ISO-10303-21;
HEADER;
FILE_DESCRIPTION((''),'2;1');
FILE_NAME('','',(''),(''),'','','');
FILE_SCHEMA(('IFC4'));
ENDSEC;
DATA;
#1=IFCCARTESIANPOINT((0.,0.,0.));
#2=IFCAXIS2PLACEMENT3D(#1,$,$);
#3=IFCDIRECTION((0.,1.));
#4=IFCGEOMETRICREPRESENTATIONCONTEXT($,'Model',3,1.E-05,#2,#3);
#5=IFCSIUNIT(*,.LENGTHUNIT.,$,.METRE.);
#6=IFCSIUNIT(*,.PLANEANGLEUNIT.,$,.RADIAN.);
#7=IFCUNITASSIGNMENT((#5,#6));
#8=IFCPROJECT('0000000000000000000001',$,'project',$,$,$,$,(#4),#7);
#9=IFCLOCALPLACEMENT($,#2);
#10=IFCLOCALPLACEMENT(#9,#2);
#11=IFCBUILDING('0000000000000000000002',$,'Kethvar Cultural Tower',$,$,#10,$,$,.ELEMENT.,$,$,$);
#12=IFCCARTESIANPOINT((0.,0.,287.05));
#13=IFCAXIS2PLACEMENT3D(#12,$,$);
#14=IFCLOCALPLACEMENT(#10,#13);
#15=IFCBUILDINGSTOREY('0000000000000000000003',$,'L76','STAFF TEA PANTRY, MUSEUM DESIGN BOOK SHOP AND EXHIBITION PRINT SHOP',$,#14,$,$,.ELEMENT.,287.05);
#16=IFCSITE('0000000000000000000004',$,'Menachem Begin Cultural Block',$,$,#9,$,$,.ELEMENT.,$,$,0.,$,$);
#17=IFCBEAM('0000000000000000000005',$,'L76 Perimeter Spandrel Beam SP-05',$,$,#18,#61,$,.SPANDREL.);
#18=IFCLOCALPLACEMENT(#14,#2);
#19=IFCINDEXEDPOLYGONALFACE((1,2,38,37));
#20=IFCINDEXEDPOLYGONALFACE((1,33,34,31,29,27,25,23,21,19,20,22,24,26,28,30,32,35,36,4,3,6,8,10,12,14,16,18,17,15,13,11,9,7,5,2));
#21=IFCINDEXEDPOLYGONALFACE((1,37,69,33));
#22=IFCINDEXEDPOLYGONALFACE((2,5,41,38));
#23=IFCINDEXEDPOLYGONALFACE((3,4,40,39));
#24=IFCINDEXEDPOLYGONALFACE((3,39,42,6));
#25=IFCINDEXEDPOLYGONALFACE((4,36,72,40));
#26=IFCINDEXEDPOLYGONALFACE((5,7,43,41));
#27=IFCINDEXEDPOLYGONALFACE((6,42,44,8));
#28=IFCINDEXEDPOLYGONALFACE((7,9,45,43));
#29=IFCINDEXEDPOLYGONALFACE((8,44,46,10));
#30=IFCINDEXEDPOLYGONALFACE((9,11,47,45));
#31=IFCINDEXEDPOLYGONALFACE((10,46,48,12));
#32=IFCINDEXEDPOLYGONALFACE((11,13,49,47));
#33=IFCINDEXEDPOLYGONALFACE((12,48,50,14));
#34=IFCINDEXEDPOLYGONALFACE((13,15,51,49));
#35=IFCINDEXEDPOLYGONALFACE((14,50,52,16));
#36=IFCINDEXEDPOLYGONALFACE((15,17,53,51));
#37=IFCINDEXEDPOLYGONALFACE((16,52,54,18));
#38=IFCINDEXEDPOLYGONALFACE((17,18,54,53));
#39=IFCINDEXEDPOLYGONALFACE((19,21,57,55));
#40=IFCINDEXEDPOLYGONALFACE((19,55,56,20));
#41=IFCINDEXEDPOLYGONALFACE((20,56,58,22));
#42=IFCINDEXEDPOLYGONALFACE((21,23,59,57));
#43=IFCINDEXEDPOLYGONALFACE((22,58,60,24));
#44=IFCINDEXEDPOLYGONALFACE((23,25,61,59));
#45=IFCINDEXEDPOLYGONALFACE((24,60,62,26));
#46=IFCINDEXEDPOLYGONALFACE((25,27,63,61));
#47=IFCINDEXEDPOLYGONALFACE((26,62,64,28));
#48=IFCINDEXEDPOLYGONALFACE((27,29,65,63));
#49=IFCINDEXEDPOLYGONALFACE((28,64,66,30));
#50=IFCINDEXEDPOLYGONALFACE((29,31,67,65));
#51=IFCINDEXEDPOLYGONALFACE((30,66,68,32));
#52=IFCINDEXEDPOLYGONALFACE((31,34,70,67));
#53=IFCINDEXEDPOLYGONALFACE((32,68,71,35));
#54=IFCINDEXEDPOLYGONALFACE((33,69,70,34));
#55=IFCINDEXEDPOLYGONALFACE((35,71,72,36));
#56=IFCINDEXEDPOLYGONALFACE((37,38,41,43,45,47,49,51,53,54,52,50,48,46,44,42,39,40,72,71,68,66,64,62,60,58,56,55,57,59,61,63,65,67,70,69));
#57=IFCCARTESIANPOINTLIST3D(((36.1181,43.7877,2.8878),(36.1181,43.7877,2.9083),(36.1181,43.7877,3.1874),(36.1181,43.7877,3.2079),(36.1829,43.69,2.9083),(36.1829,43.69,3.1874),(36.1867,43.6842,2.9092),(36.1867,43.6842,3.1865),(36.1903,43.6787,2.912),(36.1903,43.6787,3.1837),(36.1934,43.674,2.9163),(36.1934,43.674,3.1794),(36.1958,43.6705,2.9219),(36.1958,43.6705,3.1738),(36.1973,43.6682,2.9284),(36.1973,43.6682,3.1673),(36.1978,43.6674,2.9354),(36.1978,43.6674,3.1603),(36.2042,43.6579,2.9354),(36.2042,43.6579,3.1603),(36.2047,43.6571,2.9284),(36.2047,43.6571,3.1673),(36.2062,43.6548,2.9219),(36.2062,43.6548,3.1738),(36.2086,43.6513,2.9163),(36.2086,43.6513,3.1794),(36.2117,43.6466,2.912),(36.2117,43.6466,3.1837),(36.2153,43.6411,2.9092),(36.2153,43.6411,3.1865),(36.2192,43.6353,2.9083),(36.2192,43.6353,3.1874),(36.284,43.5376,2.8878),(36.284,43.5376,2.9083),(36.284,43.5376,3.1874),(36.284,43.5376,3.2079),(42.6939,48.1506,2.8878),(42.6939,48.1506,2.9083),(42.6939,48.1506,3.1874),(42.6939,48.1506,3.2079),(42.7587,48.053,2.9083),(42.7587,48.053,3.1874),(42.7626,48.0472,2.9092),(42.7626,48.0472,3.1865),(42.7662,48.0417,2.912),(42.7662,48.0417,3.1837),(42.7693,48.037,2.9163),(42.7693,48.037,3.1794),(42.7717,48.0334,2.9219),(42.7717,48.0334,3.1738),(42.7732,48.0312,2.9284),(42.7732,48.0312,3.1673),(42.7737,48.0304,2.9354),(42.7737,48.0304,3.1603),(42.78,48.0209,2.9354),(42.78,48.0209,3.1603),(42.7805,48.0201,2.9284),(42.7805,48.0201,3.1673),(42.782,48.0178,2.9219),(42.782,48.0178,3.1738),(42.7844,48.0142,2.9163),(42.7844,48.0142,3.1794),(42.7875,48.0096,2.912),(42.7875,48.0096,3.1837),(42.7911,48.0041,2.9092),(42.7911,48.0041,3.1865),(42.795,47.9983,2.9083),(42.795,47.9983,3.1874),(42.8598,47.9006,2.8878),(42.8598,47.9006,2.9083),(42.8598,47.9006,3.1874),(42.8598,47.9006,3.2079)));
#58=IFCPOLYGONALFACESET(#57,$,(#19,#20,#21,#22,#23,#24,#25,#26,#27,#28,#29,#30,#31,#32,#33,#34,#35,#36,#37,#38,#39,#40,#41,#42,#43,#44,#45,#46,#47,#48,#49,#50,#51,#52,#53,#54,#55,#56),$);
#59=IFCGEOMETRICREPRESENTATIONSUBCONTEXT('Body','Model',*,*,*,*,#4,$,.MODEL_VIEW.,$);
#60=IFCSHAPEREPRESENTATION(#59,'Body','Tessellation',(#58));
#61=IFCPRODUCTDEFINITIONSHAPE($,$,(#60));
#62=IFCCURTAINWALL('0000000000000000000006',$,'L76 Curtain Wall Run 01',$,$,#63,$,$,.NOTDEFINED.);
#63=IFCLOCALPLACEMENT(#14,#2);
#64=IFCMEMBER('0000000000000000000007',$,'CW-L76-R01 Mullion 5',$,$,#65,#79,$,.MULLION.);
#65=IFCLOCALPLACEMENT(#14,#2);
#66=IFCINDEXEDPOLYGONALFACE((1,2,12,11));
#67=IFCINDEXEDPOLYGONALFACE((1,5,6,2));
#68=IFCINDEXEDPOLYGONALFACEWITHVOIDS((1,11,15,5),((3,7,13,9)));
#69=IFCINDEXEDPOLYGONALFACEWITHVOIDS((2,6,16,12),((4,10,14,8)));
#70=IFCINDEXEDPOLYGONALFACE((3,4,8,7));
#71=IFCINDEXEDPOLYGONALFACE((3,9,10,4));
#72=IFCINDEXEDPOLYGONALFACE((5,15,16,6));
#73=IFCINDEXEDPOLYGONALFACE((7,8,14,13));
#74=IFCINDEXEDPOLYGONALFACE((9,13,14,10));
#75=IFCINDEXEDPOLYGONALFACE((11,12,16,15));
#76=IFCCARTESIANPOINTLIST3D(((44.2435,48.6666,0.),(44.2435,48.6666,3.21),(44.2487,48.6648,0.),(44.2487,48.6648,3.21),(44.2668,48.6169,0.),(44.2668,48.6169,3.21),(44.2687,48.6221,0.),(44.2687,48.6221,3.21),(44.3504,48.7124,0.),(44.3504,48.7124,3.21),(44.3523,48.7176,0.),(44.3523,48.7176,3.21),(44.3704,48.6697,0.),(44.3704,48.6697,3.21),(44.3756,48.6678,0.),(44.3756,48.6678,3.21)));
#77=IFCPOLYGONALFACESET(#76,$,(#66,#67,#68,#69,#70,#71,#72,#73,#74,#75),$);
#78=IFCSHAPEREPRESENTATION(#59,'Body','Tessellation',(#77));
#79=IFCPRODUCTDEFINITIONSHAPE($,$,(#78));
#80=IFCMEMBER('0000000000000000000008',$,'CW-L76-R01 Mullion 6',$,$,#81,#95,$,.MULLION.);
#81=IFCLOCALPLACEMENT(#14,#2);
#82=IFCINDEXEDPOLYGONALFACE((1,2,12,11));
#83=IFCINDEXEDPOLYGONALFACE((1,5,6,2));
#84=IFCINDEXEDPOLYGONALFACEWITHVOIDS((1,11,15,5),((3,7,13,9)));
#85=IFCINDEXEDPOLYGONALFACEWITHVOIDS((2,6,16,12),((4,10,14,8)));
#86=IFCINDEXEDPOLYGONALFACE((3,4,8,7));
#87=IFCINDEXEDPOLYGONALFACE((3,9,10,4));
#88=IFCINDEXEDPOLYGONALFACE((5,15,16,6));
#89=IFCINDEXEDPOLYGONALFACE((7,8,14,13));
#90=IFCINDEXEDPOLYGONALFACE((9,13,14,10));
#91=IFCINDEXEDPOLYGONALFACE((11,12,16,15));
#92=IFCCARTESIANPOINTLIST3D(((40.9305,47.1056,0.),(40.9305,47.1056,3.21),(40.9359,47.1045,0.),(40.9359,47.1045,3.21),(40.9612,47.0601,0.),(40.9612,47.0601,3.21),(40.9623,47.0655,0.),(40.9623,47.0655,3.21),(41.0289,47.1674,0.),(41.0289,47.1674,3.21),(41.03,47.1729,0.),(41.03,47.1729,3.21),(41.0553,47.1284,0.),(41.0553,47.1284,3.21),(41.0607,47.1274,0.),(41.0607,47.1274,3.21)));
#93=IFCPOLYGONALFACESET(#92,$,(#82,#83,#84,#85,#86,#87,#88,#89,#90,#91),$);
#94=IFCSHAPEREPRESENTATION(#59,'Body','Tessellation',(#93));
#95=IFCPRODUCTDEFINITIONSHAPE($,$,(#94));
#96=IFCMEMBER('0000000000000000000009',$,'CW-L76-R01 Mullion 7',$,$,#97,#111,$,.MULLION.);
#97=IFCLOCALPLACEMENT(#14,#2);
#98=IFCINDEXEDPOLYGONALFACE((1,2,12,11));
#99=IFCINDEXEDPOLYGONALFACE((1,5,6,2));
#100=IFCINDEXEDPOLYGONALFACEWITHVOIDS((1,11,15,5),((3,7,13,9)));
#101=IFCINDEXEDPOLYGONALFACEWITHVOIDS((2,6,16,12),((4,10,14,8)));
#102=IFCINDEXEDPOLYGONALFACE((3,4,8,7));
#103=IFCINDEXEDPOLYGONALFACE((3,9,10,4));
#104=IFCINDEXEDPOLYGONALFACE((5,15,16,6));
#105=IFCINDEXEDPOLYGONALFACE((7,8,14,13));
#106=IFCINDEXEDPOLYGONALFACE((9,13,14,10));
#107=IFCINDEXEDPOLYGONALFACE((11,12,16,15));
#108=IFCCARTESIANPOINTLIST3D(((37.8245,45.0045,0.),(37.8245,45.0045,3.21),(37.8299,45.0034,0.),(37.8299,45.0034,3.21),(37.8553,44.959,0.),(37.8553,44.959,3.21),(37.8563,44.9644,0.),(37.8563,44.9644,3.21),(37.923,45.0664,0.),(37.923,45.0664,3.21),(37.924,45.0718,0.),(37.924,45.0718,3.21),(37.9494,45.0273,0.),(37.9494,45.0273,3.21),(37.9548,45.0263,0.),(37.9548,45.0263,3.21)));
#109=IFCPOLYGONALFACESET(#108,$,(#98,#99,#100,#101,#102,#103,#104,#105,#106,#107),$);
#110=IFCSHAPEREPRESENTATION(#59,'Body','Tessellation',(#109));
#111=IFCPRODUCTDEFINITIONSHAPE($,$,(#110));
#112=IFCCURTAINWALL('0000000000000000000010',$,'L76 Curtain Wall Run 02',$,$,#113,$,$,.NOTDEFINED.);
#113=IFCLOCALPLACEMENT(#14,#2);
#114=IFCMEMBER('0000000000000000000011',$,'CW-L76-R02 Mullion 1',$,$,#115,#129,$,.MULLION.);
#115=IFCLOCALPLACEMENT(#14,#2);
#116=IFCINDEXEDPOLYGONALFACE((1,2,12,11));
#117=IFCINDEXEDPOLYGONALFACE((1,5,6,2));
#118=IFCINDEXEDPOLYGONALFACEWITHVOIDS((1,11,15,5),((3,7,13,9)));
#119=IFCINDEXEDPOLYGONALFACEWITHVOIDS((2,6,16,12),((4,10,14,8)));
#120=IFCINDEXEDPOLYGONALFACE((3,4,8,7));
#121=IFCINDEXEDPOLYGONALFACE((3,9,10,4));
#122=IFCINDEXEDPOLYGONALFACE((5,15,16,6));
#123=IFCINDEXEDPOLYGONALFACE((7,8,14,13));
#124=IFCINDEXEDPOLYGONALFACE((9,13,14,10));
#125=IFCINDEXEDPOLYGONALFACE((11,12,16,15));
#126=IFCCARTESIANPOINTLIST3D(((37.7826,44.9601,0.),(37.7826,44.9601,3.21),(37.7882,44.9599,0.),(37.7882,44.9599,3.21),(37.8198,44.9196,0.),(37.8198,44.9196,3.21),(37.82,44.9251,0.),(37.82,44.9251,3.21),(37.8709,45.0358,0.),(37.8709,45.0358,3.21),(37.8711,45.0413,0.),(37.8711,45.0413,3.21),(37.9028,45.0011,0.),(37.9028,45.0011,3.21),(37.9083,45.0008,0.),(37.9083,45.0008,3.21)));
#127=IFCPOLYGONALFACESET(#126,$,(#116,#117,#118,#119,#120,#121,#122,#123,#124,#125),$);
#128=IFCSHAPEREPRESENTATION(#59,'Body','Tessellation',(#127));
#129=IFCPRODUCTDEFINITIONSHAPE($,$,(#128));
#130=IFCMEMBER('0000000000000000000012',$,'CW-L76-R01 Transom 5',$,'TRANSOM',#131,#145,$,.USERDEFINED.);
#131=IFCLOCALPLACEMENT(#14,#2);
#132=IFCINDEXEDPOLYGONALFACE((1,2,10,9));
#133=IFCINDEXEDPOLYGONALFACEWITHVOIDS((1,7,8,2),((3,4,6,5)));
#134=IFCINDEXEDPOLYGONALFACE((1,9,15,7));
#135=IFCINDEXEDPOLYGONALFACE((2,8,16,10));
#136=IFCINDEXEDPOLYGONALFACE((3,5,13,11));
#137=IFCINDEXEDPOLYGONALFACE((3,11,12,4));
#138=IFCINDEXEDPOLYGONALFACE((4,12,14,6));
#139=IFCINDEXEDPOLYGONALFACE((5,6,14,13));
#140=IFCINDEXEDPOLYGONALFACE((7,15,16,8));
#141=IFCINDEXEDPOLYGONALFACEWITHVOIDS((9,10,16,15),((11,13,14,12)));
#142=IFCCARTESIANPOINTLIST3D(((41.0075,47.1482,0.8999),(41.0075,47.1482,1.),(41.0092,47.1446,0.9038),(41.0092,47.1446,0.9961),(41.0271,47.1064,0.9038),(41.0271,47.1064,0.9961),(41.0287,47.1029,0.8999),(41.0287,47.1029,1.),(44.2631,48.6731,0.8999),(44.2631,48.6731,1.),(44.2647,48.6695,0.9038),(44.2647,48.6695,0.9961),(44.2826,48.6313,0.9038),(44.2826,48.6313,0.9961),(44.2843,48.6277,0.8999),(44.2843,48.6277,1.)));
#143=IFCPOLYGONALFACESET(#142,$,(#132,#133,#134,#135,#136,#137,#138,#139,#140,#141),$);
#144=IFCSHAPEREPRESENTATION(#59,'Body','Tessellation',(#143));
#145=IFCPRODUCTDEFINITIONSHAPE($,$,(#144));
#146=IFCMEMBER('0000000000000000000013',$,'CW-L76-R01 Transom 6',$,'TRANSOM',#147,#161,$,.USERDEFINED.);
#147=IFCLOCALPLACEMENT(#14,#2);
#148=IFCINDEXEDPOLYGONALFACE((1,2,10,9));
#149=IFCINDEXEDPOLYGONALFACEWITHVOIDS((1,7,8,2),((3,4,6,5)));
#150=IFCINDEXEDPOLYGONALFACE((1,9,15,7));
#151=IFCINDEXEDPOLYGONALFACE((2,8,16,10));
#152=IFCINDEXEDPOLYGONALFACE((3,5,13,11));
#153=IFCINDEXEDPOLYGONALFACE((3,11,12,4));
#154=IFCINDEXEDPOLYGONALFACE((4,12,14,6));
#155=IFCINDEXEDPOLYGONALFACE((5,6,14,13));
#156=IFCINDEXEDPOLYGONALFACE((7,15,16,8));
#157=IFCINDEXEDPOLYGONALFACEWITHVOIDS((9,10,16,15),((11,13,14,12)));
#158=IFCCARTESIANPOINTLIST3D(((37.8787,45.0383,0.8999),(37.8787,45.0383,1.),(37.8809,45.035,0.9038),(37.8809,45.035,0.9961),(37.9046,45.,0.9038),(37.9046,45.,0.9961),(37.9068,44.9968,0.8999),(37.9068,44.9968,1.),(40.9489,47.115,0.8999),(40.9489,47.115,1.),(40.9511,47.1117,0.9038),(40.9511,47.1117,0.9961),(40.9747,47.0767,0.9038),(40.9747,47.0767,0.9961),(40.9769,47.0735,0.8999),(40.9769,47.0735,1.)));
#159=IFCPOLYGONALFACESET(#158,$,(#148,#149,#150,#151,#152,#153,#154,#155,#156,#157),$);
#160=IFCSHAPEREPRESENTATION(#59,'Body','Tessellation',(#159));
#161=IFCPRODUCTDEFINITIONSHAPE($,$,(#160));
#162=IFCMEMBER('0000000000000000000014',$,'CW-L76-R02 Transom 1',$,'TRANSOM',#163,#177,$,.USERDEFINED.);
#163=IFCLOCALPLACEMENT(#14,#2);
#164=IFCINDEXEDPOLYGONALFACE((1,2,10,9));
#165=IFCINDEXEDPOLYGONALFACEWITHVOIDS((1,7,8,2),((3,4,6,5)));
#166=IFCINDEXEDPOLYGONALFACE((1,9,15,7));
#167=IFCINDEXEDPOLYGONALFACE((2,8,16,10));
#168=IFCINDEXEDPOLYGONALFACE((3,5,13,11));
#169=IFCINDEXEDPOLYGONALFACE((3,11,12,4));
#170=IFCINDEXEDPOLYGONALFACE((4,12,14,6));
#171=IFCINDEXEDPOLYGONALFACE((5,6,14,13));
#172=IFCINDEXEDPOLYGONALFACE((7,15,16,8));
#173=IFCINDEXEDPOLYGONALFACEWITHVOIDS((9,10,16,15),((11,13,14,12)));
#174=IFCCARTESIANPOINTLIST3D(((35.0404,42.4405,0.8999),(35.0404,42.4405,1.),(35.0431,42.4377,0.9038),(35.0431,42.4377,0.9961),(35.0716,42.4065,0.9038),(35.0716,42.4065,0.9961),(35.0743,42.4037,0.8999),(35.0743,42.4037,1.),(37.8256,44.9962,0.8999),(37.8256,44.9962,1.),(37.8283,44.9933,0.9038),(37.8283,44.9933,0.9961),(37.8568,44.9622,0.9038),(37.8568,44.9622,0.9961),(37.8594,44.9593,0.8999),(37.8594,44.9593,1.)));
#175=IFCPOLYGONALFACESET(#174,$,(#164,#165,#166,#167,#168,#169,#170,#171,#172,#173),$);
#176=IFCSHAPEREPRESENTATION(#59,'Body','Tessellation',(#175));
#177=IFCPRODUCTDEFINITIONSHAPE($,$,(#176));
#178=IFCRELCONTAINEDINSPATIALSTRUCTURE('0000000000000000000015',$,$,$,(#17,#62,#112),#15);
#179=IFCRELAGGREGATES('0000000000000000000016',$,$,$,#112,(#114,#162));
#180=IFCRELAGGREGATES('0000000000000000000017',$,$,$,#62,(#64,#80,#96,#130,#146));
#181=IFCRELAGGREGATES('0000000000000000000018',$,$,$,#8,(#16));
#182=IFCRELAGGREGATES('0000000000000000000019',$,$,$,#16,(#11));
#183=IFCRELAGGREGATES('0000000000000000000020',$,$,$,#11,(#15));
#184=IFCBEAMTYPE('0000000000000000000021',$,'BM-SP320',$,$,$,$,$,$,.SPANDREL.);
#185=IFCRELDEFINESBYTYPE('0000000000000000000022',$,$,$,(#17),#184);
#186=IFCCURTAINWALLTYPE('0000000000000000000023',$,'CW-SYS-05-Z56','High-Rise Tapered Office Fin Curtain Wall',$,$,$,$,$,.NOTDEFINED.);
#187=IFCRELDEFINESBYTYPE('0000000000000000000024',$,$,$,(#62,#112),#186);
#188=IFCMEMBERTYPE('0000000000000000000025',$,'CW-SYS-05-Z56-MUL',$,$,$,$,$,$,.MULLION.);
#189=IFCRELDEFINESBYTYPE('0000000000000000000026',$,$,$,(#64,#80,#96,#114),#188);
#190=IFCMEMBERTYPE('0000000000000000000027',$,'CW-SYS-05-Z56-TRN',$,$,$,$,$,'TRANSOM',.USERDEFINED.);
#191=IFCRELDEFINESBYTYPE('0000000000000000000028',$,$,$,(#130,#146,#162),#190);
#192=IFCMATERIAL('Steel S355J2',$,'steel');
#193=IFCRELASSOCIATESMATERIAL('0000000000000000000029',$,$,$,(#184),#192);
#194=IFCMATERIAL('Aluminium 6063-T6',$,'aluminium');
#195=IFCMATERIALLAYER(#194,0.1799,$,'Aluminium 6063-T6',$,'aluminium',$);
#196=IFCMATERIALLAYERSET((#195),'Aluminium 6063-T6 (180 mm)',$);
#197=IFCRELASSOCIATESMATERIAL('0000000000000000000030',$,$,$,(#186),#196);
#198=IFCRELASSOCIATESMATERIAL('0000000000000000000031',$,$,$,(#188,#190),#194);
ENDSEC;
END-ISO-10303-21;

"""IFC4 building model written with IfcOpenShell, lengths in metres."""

from ifc_helpers import new_model, si_unit, direction, frame, origin, origin_2d, place, context, subcontext, project, spatial, hollow_rectangle, i_section, extrude, source, transform, mapped, material, layer, layer_set, material_profile, profile_set, type_object, element, aggregate, save


model = new_model("IFC4")

# Units and contexts
model_context = context("Model", 3, precision=1e-05, world=origin(), true_north=direction((0.0, 1.0)))
body_context = subcontext(model_context, "Body", "Model", "MODEL_VIEW")
ifc_project = project(units=[si_unit("LENGTHUNIT", "METRE"), si_unit("PLANEANGLEUNIT", "RADIAN")], contexts=[model_context])

# Site, building, storey
site_placement = place(None, origin())
site = spatial("IfcSite", under=ifc_project, at=site_placement, Name="Menachem Begin Cultural Block", CompositionType="ELEMENT", RefElevation=0.0)
building_placement = place(site_placement, origin())
building = spatial("IfcBuilding", under=site, at=building_placement, Name="Kethvar Cultural Tower", CompositionType="ELEMENT")
storey_placement = place(building_placement, frame((0.0, 0.0, 287.05)))
storey = spatial("IfcBuildingStorey", under=building, at=storey_placement, Name="L76", Description="STAFF TEA PANTRY, MUSEUM DESIGN BOOK SHOP AND EXHIBITION PRINT SHOP", CompositionType="ELEMENT", Elevation=287.05)

# Shared definitions
ifc_material_1 = material(Name="Steel S355J2", Category="steel")

# Beam
ifc_material_profile_1 = material_profile(ifc_material_1, i_section(OverallWidth=0.3, OverallDepth=0.3201, WebThickness=0.0115, FlangeThickness=0.0205, FilletRadius=0.0271, at=origin_2d()), Name="Steel S355J2 — HEB320")
ifc_profile_set_1 = profile_set([ifc_material_profile_1], Name="Steel S355J2 — HEB320")
beam_type_1 = type_object("IfcBeamType", Name="BM-SP320", PredefinedType="SPANDREL", material=ifc_profile_set_1)
shared_shape_1 = source(origin(), body_context, "Body", "SweptSolid", [
    extrude(i_section(OverallWidth=0.3, OverallDepth=0.3201, WebThickness=0.0115, FlangeThickness=0.0205, FilletRadius=0.0271, at=origin_2d()), origin(), (0.0, 0.0, 1.0), 7.8916),
])
beam_1_placement = place(storey_placement, frame((42.7769, 48.0256, 3.0479), z_axis=(-0.833271, -0.552864, 0.0), x_axis=(0.552864, -0.833271, 0.0)))
element("IfcBeam", 1, at=beam_1_placement, inside=storey, type_object=beam_type_1, Name="L76 Perimeter Spandrel Beam SP-05", PredefinedType="SPANDREL", context=body_context, shape_type="MappedRepresentation", body=[
    mapped(shared_shape_1, transform((0.0, 0.0, 0.0), scale=1.0)),
])

# Curtain wall, members
ifc_material_2 = material(Name="Aluminium 6063-T6", Category="aluminium")
ifc_layer_1 = layer(ifc_material_2, 0.1799, Name="Aluminium 6063-T6", Category="aluminium")
ifc_layer_set_1 = layer_set([ifc_layer_1], Name="Aluminium 6063-T6 (180 mm)")
curtain_wall_type = type_object("IfcCurtainWallType", Name="CW-SYS-05-Z56", Description="High-Rise Tapered Office Fin Curtain Wall", PredefinedType="NOTDEFINED", material=ifc_layer_set_1)
curtain_wall_1_placement = place(storey_placement, origin())
curtain_wall_1 = element("IfcCurtainWall", 2, at=curtain_wall_1_placement, inside=storey, type_object=curtain_wall_type, Name="L76 Curtain Wall Run 01", PredefinedType="NOTDEFINED")
ifc_material_profile_2 = material_profile(ifc_material_2, hollow_rectangle(XDim=0.0549, YDim=0.1201, WallThickness=0.0039, at=origin_2d()), Name="Aluminium 6063-T6 — RHS120x55x4")
ifc_profile_set_2 = profile_set([ifc_material_profile_2], Name="Aluminium 6063-T6 — RHS120x55x4")
member_type_1 = type_object("IfcMemberType", Name="CW-SYS-05-Z56-MUL", PredefinedType="MULLION", material=ifc_profile_set_2)
shared_shape_2 = source(origin(), body_context, "Body", "SweptSolid", [
    extrude(hollow_rectangle(XDim=0.0549, YDim=0.1201, WallThickness=0.0039, at=origin_2d()), origin(), (0.0, 0.0, 1.0), 3.21),
])
member_1_placement = place(storey_placement, frame((44.3096, 48.6672, 0.0), z_axis=(0.0, 0.0, 1.0), x_axis=(0.424152, -0.905591, 0.0)))
member_1 = element("IfcMember", 3, at=member_1_placement, type_object=member_type_1, Name="CW-L76-R01 Mullion 5", PredefinedType="MULLION", context=body_context, shape_type="MappedRepresentation", body=[
    mapped(shared_shape_2, transform((0.0, 0.0, 0.0), scale=1.0)),
])
member_2_placement = place(storey_placement, frame((40.9956, 47.1165, 0.0), z_axis=(0.0, 0.0, 1.0), x_axis=(0.560278, -0.828305, 0.0)))
member_2 = element("IfcMember", 4, at=member_2_placement, type_object=member_type_1, Name="CW-L76-R01 Mullion 6", PredefinedType="MULLION", context=body_context, shape_type="MappedRepresentation", body=[
    mapped(shared_shape_2, transform((0.0, 0.0, 0.0), scale=1.0)),
])
member_3_placement = place(storey_placement, frame((37.8896, 45.0154, 0.0), z_axis=(0.0, 0.0, 1.0), x_axis=(0.560278, -0.828305, 0.0)))
member_3 = element("IfcMember", 5, at=member_3_placement, type_object=member_type_1, Name="CW-L76-R01 Mullion 7", PredefinedType="MULLION", context=body_context, shape_type="MappedRepresentation", body=[
    mapped(shared_shape_2, transform((0.0, 0.0, 0.0), scale=1.0)),
])

# Curtain wall, member
curtain_wall_2_placement = place(storey_placement, origin())
curtain_wall_2 = element("IfcCurtainWall", 6, at=curtain_wall_2_placement, inside=storey, type_object=curtain_wall_type, Name="L76 Curtain Wall Run 02", PredefinedType="NOTDEFINED")
member_4_placement = place(storey_placement, frame((37.8455, 44.9805, 0.0), z_axis=(0.0, 0.0, 1.0), x_axis=(0.676105, -0.736806, 0.0)))
member_4 = element("IfcMember", 7, at=member_4_placement, type_object=member_type_1, Name="CW-L76-R02 Mullion 1", PredefinedType="MULLION", context=body_context, shape_type="MappedRepresentation", body=[
    mapped(shared_shape_2, transform((0.0, 0.0, 0.0), scale=1.0)),
])

# Members
ifc_material_profile_3 = material_profile(ifc_material_2, hollow_rectangle(XDim=0.05, YDim=0.1001, WallThickness=0.0039, at=origin_2d()), Name="Aluminium 6063-T6 — RHS100x50x4")
ifc_profile_set_3 = profile_set([ifc_material_profile_3], Name="Aluminium 6063-T6 — RHS100x50x4")
member_type_2 = type_object("IfcMemberType", Name="CW-SYS-05-Z56-TRN", ElementType="TRANSOM", PredefinedType="USERDEFINED", material=ifc_profile_set_3)
shared_shape_3 = source(origin(), body_context, "Body", "SweptSolid", [
    extrude(hollow_rectangle(XDim=0.05, YDim=0.1001, WallThickness=0.0039, at=origin_2d()), origin(), (0.0, 0.0, 1.0), 3.595),
])
member_5_placement = place(storey_placement, frame((44.2737, 48.6504, 0.95), z_axis=(-0.905584, -0.424168, 0.0), x_axis=(0.424168, -0.905584, 0.0)))
member_5 = element("IfcMember", 8, at=member_5_placement, type_object=member_type_2, Name="CW-L76-R01 Transom 5", ObjectType="TRANSOM", PredefinedType="USERDEFINED", context=body_context, shape_type="MappedRepresentation", body=[
    mapped(shared_shape_3, transform((0.0, 0.0, 0.0), scale=1.0)),
])
shared_shape_4 = source(origin(), body_context, "Body", "SweptSolid", [
    extrude(hollow_rectangle(XDim=0.05, YDim=0.1001, WallThickness=0.0039, at=origin_2d()), origin(), (0.0, 0.0, 1.0), 3.7065),
])
member_6_placement = place(storey_placement, frame((40.9629, 47.0942, 0.95), z_axis=(-0.828302, -0.560281, 0.0), x_axis=(0.560281, -0.828302, 0.0)))
member_6 = element("IfcMember", 9, at=member_6_placement, type_object=member_type_2, Name="CW-L76-R01 Transom 6", ObjectType="TRANSOM", PredefinedType="USERDEFINED", context=body_context, shape_type="MappedRepresentation", body=[
    mapped(shared_shape_4, transform((0.0, 0.0, 0.0), scale=1.0)),
])
shared_shape_5 = source(origin(), body_context, "Body", "SweptSolid", [
    extrude(hollow_rectangle(XDim=0.05, YDim=0.1001, WallThickness=0.0039, at=origin_2d()), origin(), (0.0, 0.0, 1.0), 3.78),
])
member_7_placement = place(storey_placement, frame((37.8425, 44.9778, 0.95), z_axis=(-0.736811, -0.676099, 0.0), x_axis=(0.676099, -0.736811, 0.0)))
member_7 = element("IfcMember", 10, at=member_7_placement, type_object=member_type_2, Name="CW-L76-R02 Transom 1", ObjectType="TRANSOM", PredefinedType="USERDEFINED", context=body_context, shape_type="MappedRepresentation", body=[
    mapped(shared_shape_5, transform((0.0, 0.0, 0.0), scale=1.0)),
])
aggregate(curtain_wall_2, [member_4, member_7])

aggregate(curtain_wall_1, [member_1, member_2, member_3, member_5, member_6])

save(model, "model.ifc")
